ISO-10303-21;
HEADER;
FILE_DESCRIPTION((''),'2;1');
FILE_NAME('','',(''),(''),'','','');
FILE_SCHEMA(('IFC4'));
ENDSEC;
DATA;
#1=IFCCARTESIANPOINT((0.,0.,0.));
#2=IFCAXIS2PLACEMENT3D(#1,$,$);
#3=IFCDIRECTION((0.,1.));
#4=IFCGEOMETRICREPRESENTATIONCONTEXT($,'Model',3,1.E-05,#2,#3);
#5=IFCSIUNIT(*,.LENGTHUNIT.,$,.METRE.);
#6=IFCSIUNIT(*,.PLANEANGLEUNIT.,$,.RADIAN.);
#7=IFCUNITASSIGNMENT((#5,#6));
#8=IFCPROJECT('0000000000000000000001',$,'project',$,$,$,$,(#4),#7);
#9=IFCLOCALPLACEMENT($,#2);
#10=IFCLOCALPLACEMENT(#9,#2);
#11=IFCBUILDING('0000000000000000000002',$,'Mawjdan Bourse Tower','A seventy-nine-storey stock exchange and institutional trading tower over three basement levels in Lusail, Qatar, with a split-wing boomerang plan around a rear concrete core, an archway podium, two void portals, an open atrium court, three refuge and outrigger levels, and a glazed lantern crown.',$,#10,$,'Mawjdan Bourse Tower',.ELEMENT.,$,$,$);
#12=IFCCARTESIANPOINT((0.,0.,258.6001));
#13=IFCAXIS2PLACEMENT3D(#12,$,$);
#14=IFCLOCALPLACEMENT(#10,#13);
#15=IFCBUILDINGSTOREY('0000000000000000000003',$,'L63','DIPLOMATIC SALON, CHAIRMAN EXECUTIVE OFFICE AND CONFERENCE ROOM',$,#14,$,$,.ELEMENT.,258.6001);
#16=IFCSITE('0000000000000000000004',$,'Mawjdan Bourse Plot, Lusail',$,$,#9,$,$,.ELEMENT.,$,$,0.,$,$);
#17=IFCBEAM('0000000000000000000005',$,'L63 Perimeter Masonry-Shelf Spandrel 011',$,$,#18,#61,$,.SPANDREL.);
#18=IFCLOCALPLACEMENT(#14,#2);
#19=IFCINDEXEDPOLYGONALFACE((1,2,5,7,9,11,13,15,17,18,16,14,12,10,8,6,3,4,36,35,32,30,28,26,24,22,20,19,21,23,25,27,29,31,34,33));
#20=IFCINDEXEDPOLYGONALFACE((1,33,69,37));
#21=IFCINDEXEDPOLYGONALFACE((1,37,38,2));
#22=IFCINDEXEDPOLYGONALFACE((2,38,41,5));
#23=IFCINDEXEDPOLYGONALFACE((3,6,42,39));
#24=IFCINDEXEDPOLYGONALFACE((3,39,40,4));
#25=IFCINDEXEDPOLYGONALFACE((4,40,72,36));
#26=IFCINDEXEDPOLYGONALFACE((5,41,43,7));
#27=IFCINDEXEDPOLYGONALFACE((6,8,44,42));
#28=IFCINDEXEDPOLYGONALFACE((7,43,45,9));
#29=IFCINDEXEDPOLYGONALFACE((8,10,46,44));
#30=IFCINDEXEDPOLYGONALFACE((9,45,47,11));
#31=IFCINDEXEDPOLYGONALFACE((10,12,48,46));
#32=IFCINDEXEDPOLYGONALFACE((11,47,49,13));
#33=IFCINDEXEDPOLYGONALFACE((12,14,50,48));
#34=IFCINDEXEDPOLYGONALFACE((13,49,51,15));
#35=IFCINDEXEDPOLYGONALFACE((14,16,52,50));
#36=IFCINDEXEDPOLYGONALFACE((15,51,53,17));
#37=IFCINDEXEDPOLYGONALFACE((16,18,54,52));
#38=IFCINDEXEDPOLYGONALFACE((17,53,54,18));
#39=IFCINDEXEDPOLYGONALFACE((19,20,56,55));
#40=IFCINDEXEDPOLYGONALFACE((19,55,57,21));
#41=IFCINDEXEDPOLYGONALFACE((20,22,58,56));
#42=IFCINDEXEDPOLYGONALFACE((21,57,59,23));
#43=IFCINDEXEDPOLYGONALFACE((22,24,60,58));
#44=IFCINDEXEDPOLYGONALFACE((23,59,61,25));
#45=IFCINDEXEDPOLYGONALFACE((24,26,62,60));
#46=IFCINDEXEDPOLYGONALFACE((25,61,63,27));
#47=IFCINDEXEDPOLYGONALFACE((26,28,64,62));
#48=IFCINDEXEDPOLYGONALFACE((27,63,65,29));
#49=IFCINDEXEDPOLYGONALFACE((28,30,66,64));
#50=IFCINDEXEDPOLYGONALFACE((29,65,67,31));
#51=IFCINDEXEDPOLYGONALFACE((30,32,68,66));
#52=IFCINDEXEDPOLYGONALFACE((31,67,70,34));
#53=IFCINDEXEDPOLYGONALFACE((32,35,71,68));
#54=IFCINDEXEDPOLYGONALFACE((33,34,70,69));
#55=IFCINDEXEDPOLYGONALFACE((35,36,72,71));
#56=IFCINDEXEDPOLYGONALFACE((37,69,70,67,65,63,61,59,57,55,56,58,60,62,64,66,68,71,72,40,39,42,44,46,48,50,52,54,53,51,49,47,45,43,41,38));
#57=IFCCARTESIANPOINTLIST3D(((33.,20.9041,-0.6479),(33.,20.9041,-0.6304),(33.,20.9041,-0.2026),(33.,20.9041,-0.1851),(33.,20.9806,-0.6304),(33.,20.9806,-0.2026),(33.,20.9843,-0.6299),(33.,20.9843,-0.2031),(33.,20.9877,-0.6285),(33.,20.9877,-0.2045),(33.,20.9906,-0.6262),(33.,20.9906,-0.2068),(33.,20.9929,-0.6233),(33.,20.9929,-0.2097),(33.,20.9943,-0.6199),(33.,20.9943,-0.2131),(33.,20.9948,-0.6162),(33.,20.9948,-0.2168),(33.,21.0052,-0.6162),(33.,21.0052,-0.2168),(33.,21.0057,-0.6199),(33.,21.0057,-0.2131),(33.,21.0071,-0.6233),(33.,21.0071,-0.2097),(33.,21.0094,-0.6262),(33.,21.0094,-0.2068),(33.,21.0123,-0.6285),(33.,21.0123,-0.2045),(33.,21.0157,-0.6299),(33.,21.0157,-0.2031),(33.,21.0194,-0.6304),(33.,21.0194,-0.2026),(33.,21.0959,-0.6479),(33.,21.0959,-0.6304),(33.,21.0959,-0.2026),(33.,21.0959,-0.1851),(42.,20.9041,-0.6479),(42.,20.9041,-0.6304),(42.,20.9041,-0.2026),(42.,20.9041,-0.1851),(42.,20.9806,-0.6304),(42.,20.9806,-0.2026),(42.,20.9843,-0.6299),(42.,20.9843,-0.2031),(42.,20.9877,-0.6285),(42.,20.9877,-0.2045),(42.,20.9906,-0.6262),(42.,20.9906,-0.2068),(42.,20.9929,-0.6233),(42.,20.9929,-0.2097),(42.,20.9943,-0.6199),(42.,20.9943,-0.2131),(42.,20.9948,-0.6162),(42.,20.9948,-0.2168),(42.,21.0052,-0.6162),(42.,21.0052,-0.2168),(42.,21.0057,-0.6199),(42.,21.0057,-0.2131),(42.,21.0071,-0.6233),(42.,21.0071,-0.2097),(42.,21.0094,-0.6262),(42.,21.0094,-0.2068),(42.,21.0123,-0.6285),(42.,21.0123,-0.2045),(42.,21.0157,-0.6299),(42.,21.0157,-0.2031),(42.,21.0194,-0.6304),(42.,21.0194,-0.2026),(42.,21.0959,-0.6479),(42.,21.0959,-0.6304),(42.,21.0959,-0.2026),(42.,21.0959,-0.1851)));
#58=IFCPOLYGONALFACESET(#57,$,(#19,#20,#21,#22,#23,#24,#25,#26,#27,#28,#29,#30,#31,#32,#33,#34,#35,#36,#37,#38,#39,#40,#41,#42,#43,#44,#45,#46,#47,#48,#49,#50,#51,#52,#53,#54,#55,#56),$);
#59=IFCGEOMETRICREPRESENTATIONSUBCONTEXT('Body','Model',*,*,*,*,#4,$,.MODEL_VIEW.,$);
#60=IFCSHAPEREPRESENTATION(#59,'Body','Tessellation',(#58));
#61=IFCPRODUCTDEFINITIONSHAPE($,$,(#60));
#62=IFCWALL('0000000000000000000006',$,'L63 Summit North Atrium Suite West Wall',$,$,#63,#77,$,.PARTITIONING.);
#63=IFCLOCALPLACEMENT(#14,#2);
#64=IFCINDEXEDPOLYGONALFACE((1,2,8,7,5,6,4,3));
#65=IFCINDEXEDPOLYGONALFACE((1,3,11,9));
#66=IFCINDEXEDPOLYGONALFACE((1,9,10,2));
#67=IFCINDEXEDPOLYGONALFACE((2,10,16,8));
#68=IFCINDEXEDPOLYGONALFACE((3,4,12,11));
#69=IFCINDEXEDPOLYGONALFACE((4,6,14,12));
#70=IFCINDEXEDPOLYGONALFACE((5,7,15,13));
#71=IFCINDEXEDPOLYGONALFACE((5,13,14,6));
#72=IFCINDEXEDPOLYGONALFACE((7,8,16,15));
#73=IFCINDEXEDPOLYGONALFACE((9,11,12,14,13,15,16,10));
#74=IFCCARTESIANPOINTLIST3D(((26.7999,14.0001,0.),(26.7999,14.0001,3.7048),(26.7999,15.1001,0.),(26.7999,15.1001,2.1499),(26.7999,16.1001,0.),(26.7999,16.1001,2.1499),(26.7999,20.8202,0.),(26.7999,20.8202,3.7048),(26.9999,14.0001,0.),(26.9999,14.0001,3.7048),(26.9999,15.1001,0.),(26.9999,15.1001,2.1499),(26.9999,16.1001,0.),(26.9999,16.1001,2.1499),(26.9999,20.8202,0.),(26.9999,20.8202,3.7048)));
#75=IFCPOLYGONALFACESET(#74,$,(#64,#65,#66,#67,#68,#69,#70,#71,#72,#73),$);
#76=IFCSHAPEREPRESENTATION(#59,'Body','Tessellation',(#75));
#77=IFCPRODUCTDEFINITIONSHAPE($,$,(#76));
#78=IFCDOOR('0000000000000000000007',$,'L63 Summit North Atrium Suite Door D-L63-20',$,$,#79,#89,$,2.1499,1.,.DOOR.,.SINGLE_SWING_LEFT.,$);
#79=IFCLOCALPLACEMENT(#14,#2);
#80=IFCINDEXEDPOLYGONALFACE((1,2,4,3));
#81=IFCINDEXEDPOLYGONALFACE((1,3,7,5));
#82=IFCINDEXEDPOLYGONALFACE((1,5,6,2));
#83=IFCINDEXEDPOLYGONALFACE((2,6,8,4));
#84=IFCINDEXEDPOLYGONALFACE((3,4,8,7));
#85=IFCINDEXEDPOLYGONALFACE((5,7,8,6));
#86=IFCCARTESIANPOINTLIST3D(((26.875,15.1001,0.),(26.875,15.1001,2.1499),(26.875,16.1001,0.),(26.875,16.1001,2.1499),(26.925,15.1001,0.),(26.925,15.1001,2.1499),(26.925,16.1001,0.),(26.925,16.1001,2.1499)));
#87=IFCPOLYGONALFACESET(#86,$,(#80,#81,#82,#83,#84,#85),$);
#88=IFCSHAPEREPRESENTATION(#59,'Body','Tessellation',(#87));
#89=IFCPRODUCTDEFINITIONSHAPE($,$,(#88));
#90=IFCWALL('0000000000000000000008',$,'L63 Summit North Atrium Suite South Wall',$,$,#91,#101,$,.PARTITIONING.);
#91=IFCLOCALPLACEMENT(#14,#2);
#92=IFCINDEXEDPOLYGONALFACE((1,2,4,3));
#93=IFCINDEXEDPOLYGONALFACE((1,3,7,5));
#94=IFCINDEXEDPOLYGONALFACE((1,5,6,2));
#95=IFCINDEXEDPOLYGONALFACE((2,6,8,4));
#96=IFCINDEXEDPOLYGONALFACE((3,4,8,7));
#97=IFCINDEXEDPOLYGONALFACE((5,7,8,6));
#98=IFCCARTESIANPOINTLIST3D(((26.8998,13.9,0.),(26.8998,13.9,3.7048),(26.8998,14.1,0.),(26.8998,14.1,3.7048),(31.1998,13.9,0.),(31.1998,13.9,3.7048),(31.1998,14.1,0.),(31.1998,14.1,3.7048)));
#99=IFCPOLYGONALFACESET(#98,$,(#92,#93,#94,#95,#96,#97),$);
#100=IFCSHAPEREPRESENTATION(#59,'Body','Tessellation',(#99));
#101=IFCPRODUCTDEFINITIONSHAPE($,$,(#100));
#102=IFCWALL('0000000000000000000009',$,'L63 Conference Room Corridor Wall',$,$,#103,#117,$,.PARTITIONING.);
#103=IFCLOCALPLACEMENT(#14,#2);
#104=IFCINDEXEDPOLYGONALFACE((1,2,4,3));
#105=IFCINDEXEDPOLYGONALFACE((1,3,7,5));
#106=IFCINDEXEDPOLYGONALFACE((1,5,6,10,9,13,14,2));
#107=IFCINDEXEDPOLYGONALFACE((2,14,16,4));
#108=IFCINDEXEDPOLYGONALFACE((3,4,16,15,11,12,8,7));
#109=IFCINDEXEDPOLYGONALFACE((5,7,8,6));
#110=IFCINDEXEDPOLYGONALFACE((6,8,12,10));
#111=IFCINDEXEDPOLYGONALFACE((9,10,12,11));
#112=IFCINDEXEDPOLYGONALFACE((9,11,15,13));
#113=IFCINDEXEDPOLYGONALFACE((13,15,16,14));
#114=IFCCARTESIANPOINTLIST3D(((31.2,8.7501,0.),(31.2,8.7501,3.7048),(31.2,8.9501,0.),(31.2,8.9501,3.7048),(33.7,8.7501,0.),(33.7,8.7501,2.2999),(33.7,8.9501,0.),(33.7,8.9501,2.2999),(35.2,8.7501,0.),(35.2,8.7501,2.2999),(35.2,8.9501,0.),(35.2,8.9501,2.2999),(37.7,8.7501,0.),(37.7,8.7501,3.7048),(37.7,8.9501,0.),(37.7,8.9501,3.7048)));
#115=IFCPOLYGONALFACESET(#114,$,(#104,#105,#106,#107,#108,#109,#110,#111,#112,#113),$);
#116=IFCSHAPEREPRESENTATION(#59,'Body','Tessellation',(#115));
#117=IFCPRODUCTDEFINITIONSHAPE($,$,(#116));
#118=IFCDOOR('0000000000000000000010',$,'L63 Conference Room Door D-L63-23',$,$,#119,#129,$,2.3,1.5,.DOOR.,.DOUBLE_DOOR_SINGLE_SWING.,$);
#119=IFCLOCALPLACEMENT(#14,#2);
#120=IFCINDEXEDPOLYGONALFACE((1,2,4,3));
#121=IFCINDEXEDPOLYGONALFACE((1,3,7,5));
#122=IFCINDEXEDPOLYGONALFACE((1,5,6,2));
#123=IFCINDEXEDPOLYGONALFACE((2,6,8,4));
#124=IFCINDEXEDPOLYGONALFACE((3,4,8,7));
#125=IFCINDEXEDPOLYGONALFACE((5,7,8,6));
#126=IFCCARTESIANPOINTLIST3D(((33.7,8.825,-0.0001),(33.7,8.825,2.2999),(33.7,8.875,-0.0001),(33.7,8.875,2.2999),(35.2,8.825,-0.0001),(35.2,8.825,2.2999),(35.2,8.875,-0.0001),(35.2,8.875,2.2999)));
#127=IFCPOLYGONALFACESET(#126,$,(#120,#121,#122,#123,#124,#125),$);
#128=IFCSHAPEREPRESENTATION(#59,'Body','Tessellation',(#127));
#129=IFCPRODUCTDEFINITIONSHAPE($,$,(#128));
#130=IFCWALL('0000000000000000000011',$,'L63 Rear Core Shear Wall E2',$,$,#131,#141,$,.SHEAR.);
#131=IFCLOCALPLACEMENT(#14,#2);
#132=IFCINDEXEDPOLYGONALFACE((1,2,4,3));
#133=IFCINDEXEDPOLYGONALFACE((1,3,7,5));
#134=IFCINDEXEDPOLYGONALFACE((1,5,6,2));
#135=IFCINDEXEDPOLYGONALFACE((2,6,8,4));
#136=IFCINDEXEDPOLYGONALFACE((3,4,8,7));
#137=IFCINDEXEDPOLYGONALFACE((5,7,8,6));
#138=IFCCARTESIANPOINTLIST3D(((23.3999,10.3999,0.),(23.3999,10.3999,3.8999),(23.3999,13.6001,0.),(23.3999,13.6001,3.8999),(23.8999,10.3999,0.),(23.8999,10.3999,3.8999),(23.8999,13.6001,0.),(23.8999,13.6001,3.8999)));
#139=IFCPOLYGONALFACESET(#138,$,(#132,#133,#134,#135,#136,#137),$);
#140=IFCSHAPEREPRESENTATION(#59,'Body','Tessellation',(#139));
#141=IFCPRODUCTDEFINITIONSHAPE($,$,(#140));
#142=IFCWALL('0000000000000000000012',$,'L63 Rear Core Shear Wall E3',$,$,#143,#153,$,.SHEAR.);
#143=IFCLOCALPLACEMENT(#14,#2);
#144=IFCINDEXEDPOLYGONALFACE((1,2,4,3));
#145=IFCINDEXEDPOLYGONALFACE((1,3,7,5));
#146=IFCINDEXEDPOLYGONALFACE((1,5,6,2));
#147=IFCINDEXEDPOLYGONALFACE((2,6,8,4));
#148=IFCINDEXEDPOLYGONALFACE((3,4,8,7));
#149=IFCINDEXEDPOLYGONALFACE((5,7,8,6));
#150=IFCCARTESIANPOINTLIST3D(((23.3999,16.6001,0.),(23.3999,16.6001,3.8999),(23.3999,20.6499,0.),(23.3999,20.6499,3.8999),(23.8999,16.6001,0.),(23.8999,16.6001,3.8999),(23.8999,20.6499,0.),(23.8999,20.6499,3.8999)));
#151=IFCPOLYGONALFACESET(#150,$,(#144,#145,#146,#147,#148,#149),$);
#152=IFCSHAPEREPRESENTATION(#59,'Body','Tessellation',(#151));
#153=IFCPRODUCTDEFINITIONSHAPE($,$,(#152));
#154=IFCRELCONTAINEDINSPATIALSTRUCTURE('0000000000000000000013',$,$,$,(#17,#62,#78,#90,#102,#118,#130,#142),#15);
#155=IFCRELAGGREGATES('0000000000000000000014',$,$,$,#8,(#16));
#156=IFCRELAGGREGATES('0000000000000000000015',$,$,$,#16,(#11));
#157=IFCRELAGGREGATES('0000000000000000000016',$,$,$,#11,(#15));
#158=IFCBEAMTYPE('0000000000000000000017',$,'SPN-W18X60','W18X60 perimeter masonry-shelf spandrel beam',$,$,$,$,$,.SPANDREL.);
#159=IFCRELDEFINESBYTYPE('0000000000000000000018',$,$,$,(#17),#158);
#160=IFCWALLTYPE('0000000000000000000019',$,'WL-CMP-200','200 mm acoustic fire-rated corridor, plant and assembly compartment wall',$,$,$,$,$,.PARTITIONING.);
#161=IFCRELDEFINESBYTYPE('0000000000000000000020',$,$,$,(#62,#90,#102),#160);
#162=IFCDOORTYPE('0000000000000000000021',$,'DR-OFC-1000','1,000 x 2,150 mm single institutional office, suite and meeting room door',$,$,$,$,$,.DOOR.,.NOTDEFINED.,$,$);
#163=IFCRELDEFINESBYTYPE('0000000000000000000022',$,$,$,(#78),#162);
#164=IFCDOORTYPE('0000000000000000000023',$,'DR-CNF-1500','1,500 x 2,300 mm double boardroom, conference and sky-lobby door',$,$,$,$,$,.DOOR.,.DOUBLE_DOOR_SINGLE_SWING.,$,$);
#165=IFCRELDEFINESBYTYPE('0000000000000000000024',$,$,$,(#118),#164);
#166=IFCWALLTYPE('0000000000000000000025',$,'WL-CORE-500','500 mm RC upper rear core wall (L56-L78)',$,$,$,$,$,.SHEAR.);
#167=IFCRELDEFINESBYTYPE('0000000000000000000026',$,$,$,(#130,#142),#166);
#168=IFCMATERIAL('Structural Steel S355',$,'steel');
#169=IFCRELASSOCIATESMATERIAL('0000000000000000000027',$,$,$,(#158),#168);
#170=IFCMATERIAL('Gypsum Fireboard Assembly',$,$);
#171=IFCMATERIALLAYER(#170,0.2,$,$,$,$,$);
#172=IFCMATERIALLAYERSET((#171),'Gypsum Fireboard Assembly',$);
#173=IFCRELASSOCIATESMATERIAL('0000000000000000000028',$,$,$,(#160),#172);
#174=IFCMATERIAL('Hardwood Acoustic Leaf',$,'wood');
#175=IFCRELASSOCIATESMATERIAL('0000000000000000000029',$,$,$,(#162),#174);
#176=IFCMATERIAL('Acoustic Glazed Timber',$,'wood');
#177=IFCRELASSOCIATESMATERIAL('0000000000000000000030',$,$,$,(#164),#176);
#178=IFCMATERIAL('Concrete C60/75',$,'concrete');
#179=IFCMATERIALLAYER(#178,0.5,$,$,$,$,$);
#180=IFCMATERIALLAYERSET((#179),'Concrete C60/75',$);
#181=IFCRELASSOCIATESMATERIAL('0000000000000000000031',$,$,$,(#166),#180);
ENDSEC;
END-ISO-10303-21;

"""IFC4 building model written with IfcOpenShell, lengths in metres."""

from ifc_helpers import new_model, si_unit, direction, frame, frame_2d, origin, origin_2d, place, context, subcontext, project, spatial, rectangle, i_section, extrude, material, layer, layer_set, material_profile, profile_set, type_object, element, fill, save


model = new_model("IFC4")

# Units and contexts
model_context = context("Model", 3, precision=1e-05, world=origin(), true_north=direction((0.0, 1.0)))
body_context = subcontext(model_context, "Body", "Model", "MODEL_VIEW")
ifc_project = project(units=[si_unit("LENGTHUNIT", "METRE"), si_unit("PLANEANGLEUNIT", "RADIAN")], contexts=[model_context])

# Site, building, storey
site_placement = place(None, origin())
site = spatial("IfcSite", under=ifc_project, at=site_placement, Name="Mawjdan Bourse Plot, Lusail", CompositionType="ELEMENT", RefElevation=0.0)
building_placement = place(site_placement, origin())
building = spatial("IfcBuilding", under=site, at=building_placement, Name="Mawjdan Bourse Tower", Description="A seventy-nine-storey stock exchange and institutional trading tower over three basement levels in Lusail, Qatar, with a split-wing boomerang plan around a rear concrete core, an archway podium, two void portals, an open atrium court, three refuge and outrigger levels, and a glazed lantern crown.", LongName="Mawjdan Bourse Tower", CompositionType="ELEMENT")
storey_placement = place(building_placement, frame((0.0, 0.0, 258.6001)))
storey = spatial("IfcBuildingStorey", under=building, at=storey_placement, Name="L63", Description="DIPLOMATIC SALON, CHAIRMAN EXECUTIVE OFFICE AND CONFERENCE ROOM", CompositionType="ELEMENT", Elevation=258.6001)

# Shared definitions
ifc_material_1 = material(Name="Concrete C60/75", Category="concrete")

# Beam
ifc_material_2 = material(Name="Structural Steel S355", Category="steel")
ifc_material_profile_1 = material_profile(ifc_material_2, i_section(OverallWidth=0.1919, OverallDepth=0.4629, WebThickness=0.0105, FlangeThickness=0.0176, FilletRadius=0.0142, at=origin_2d()), Name="W18X60")
ifc_profile_set_1 = profile_set([ifc_material_profile_1], Name="Structural Steel S355")
beam_type_1 = type_object("IfcBeamType", Name="SPN-W18X60", Description="W18X60 perimeter masonry-shelf spandrel beam", PredefinedType="SPANDREL", material=ifc_profile_set_1)
for number, where, z_axis, x_axis, name in (
    (1, (33.0, 21.0, -0.4165), (1.0, 0.0, 0.0), (0.0, 1.0, 0.0), "L63 Perimeter Masonry-Shelf Spandrel 011"),
):
    element("IfcBeam", number, at=place(storey_placement, frame(where, z_axis=z_axis, x_axis=x_axis)), inside=storey, type_object=beam_type_1, Name=name, PredefinedType="SPANDREL", context=body_context, shape_type="SweptSolid", body=[
        extrude(i_section(OverallWidth=0.1919, OverallDepth=0.4629, WebThickness=0.0105, FlangeThickness=0.0176, FilletRadius=0.0142, at=origin_2d()), origin(), (0.0, 0.0, 1.0), 9.0),
    ])

# Wall, opening, door
ifc_material_3 = material(Name="Gypsum Fireboard Assembly")
ifc_layer_1 = layer(ifc_material_3, 0.2)
ifc_layer_set_1 = layer_set([ifc_layer_1], Name="Gypsum Fireboard Assembly")
wall_type_1 = type_object("IfcWallType", Name="WL-CMP-200", Description="200 mm acoustic fire-rated corridor, plant and assembly compartment wall", PredefinedType="PARTITIONING", material=ifc_layer_set_1)
ifc_material_4 = material(Name="Hardwood Acoustic Leaf", Category="wood")
door_type_1 = type_object("IfcDoorType", Name="DR-OFC-1000", Description="1,000 x 2,150 mm single institutional office, suite and meeting room door", OperationType="NOTDEFINED", PredefinedType="DOOR", material=ifc_material_4)
wall_1_placement = place(storey_placement, frame((26.8999, 14.0, 0.0), z_axis=(0.0, 0.0, 1.0), x_axis=(0.0, 1.0, 0.0)))
wall_1 = element("IfcWall", 2, at=wall_1_placement, inside=storey, type_object=wall_type_1, Name="L63 Summit North Atrium Suite West Wall", PredefinedType="PARTITIONING", context=body_context, shape_type="SweptSolid", body=[
    extrude(rectangle(XDim=6.8201, YDim=0.2, at=frame_2d((3.4102, 0.0))), origin(), (0.0, 0.0, 1.0), 3.7048),
])
opening_1_placement = place(wall_1_placement, frame((1.1001, 0.0, 0.0)))
opening_1 = element("IfcOpeningElement", 3, at=opening_1_placement, cuts=wall_1, PredefinedType="OPENING", context=body_context, shape_type="SweptSolid", body=[
    extrude(rectangle(XDim=1.0, YDim=2.1499, at=frame_2d((0.5, 1.075))), frame((0.0, 0.1099, 0.0), z_axis=(0.0, -1.0, 0.0), x_axis=(1.0, 0.0, 0.0)), (0.0, 0.0, 1.0), 0.22),
])
door_1_placement = place(opening_1_placement, origin())
door_1 = element("IfcDoor", 4, at=door_1_placement, inside=storey, type_object=door_type_1, Name="L63 Summit North Atrium Suite Door D-L63-20", OperationType="SINGLE_SWING_LEFT", OverallHeight=2.1499, OverallWidth=1.0, PredefinedType="DOOR", context=body_context, shape_type="SweptSolid", body=[
    extrude(rectangle(XDim=1.0, YDim=2.1499, at=frame_2d((0.5, 1.075))), frame((0.0, 0.0249, 0.0), z_axis=(0.0, -1.0, 0.0), x_axis=(1.0, 0.0, 0.0)), (0.0, 0.0, 1.0), 0.05),
])
fill(opening_1, door_1)

# Wall
wall_2_placement = place(storey_placement, frame((26.8999, 14.0, 0.0), z_axis=(0.0, 0.0, 1.0), x_axis=(1.0, 0.0, 0.0)))
element("IfcWall", 5, at=wall_2_placement, inside=storey, type_object=wall_type_1, Name="L63 Summit North Atrium Suite South Wall", PredefinedType="PARTITIONING", context=body_context, shape_type="SweptSolid", body=[
    extrude(rectangle(XDim=4.3, YDim=0.2, at=frame_2d((2.1499, 0.0))), origin(), (0.0, 0.0, 1.0), 3.7048),
])

# Wall, opening, door
wall_3_placement = place(storey_placement, frame((31.2, 8.8501, 0.0), z_axis=(0.0, 0.0, 1.0), x_axis=(1.0, 0.0, 0.0)))
wall_3 = element("IfcWall", 6, at=wall_3_placement, inside=storey, type_object=wall_type_1, Name="L63 Conference Room Corridor Wall", PredefinedType="PARTITIONING", context=body_context, shape_type="SweptSolid", body=[
    extrude(rectangle(XDim=6.5, YDim=0.2, at=frame_2d((3.25, 0.0))), origin(), (0.0, 0.0, 1.0), 3.7048),
])
opening_2_placement = place(wall_3_placement, frame((2.5, 0.0, 0.0)))
opening_2 = element("IfcOpeningElement", 7, at=opening_2_placement, cuts=wall_3, PredefinedType="OPENING", context=body_context, shape_type="SweptSolid", body=[
    extrude(rectangle(XDim=1.5, YDim=2.3, at=frame_2d((0.75, 1.1499))), frame((0.0, 0.1099, 0.0), z_axis=(0.0, -1.0, 0.0), x_axis=(1.0, 0.0, 0.0)), (0.0, 0.0, 1.0), 0.22),
])
ifc_material_5 = material(Name="Acoustic Glazed Timber", Category="wood")
door_type_2 = type_object("IfcDoorType", Name="DR-CNF-1500", Description="1,500 x 2,300 mm double boardroom, conference and sky-lobby door", OperationType="DOUBLE_DOOR_SINGLE_SWING", PredefinedType="DOOR", material=ifc_material_5)
door_2_placement = place(opening_2_placement, origin())
door_2 = element("IfcDoor", 8, at=door_2_placement, inside=storey, type_object=door_type_2, Name="L63 Conference Room Door D-L63-23", OperationType="DOUBLE_DOOR_SINGLE_SWING", OverallHeight=2.3, OverallWidth=1.5, PredefinedType="DOOR", context=body_context, shape_type="SweptSolid", body=[
    extrude(rectangle(XDim=1.5, YDim=2.3, at=frame_2d((0.75, 1.1499))), frame((0.0, 0.0249, 0.0), z_axis=(0.0, -1.0, 0.0), x_axis=(1.0, 0.0, 0.0)), (0.0, 0.0, 1.0), 0.05),
])
fill(opening_2, door_2)

# Walls
ifc_layer_2 = layer(ifc_material_1, 0.5)
ifc_layer_set_2 = layer_set([ifc_layer_2], Name="Concrete C60/75")
wall_type_2 = type_object("IfcWallType", Name="WL-CORE-500", Description="500 mm RC upper rear core wall (L56-L78)", PredefinedType="SHEAR", material=ifc_layer_set_2)
wall_4_placement = place(storey_placement, frame((23.6499, 10.3999, 0.0), z_axis=(0.0, 0.0, 1.0), x_axis=(0.0, 1.0, 0.0)))
element("IfcWall", 9, at=wall_4_placement, inside=storey, type_object=wall_type_2, Name="L63 Rear Core Shear Wall E2", PredefinedType="SHEAR", context=body_context, shape_type="SweptSolid", body=[
    extrude(rectangle(XDim=3.2002, YDim=0.5, at=frame_2d((1.6001, 0.0))), origin(), (0.0, 0.0, 1.0), 3.8999),
])
wall_5_placement = place(storey_placement, frame((23.6499, 16.6001, 0.0), z_axis=(0.0, 0.0, 1.0), x_axis=(0.0, 1.0, 0.0)))
element("IfcWall", 10, at=wall_5_placement, inside=storey, type_object=wall_type_2, Name="L63 Rear Core Shear Wall E3", PredefinedType="SHEAR", context=body_context, shape_type="SweptSolid", body=[
    extrude(rectangle(XDim=4.0498, YDim=0.5, at=frame_2d((2.0249, 0.0))), origin(), (0.0, 0.0, 1.0), 3.8999),
])

save(model, "model.ifc")
